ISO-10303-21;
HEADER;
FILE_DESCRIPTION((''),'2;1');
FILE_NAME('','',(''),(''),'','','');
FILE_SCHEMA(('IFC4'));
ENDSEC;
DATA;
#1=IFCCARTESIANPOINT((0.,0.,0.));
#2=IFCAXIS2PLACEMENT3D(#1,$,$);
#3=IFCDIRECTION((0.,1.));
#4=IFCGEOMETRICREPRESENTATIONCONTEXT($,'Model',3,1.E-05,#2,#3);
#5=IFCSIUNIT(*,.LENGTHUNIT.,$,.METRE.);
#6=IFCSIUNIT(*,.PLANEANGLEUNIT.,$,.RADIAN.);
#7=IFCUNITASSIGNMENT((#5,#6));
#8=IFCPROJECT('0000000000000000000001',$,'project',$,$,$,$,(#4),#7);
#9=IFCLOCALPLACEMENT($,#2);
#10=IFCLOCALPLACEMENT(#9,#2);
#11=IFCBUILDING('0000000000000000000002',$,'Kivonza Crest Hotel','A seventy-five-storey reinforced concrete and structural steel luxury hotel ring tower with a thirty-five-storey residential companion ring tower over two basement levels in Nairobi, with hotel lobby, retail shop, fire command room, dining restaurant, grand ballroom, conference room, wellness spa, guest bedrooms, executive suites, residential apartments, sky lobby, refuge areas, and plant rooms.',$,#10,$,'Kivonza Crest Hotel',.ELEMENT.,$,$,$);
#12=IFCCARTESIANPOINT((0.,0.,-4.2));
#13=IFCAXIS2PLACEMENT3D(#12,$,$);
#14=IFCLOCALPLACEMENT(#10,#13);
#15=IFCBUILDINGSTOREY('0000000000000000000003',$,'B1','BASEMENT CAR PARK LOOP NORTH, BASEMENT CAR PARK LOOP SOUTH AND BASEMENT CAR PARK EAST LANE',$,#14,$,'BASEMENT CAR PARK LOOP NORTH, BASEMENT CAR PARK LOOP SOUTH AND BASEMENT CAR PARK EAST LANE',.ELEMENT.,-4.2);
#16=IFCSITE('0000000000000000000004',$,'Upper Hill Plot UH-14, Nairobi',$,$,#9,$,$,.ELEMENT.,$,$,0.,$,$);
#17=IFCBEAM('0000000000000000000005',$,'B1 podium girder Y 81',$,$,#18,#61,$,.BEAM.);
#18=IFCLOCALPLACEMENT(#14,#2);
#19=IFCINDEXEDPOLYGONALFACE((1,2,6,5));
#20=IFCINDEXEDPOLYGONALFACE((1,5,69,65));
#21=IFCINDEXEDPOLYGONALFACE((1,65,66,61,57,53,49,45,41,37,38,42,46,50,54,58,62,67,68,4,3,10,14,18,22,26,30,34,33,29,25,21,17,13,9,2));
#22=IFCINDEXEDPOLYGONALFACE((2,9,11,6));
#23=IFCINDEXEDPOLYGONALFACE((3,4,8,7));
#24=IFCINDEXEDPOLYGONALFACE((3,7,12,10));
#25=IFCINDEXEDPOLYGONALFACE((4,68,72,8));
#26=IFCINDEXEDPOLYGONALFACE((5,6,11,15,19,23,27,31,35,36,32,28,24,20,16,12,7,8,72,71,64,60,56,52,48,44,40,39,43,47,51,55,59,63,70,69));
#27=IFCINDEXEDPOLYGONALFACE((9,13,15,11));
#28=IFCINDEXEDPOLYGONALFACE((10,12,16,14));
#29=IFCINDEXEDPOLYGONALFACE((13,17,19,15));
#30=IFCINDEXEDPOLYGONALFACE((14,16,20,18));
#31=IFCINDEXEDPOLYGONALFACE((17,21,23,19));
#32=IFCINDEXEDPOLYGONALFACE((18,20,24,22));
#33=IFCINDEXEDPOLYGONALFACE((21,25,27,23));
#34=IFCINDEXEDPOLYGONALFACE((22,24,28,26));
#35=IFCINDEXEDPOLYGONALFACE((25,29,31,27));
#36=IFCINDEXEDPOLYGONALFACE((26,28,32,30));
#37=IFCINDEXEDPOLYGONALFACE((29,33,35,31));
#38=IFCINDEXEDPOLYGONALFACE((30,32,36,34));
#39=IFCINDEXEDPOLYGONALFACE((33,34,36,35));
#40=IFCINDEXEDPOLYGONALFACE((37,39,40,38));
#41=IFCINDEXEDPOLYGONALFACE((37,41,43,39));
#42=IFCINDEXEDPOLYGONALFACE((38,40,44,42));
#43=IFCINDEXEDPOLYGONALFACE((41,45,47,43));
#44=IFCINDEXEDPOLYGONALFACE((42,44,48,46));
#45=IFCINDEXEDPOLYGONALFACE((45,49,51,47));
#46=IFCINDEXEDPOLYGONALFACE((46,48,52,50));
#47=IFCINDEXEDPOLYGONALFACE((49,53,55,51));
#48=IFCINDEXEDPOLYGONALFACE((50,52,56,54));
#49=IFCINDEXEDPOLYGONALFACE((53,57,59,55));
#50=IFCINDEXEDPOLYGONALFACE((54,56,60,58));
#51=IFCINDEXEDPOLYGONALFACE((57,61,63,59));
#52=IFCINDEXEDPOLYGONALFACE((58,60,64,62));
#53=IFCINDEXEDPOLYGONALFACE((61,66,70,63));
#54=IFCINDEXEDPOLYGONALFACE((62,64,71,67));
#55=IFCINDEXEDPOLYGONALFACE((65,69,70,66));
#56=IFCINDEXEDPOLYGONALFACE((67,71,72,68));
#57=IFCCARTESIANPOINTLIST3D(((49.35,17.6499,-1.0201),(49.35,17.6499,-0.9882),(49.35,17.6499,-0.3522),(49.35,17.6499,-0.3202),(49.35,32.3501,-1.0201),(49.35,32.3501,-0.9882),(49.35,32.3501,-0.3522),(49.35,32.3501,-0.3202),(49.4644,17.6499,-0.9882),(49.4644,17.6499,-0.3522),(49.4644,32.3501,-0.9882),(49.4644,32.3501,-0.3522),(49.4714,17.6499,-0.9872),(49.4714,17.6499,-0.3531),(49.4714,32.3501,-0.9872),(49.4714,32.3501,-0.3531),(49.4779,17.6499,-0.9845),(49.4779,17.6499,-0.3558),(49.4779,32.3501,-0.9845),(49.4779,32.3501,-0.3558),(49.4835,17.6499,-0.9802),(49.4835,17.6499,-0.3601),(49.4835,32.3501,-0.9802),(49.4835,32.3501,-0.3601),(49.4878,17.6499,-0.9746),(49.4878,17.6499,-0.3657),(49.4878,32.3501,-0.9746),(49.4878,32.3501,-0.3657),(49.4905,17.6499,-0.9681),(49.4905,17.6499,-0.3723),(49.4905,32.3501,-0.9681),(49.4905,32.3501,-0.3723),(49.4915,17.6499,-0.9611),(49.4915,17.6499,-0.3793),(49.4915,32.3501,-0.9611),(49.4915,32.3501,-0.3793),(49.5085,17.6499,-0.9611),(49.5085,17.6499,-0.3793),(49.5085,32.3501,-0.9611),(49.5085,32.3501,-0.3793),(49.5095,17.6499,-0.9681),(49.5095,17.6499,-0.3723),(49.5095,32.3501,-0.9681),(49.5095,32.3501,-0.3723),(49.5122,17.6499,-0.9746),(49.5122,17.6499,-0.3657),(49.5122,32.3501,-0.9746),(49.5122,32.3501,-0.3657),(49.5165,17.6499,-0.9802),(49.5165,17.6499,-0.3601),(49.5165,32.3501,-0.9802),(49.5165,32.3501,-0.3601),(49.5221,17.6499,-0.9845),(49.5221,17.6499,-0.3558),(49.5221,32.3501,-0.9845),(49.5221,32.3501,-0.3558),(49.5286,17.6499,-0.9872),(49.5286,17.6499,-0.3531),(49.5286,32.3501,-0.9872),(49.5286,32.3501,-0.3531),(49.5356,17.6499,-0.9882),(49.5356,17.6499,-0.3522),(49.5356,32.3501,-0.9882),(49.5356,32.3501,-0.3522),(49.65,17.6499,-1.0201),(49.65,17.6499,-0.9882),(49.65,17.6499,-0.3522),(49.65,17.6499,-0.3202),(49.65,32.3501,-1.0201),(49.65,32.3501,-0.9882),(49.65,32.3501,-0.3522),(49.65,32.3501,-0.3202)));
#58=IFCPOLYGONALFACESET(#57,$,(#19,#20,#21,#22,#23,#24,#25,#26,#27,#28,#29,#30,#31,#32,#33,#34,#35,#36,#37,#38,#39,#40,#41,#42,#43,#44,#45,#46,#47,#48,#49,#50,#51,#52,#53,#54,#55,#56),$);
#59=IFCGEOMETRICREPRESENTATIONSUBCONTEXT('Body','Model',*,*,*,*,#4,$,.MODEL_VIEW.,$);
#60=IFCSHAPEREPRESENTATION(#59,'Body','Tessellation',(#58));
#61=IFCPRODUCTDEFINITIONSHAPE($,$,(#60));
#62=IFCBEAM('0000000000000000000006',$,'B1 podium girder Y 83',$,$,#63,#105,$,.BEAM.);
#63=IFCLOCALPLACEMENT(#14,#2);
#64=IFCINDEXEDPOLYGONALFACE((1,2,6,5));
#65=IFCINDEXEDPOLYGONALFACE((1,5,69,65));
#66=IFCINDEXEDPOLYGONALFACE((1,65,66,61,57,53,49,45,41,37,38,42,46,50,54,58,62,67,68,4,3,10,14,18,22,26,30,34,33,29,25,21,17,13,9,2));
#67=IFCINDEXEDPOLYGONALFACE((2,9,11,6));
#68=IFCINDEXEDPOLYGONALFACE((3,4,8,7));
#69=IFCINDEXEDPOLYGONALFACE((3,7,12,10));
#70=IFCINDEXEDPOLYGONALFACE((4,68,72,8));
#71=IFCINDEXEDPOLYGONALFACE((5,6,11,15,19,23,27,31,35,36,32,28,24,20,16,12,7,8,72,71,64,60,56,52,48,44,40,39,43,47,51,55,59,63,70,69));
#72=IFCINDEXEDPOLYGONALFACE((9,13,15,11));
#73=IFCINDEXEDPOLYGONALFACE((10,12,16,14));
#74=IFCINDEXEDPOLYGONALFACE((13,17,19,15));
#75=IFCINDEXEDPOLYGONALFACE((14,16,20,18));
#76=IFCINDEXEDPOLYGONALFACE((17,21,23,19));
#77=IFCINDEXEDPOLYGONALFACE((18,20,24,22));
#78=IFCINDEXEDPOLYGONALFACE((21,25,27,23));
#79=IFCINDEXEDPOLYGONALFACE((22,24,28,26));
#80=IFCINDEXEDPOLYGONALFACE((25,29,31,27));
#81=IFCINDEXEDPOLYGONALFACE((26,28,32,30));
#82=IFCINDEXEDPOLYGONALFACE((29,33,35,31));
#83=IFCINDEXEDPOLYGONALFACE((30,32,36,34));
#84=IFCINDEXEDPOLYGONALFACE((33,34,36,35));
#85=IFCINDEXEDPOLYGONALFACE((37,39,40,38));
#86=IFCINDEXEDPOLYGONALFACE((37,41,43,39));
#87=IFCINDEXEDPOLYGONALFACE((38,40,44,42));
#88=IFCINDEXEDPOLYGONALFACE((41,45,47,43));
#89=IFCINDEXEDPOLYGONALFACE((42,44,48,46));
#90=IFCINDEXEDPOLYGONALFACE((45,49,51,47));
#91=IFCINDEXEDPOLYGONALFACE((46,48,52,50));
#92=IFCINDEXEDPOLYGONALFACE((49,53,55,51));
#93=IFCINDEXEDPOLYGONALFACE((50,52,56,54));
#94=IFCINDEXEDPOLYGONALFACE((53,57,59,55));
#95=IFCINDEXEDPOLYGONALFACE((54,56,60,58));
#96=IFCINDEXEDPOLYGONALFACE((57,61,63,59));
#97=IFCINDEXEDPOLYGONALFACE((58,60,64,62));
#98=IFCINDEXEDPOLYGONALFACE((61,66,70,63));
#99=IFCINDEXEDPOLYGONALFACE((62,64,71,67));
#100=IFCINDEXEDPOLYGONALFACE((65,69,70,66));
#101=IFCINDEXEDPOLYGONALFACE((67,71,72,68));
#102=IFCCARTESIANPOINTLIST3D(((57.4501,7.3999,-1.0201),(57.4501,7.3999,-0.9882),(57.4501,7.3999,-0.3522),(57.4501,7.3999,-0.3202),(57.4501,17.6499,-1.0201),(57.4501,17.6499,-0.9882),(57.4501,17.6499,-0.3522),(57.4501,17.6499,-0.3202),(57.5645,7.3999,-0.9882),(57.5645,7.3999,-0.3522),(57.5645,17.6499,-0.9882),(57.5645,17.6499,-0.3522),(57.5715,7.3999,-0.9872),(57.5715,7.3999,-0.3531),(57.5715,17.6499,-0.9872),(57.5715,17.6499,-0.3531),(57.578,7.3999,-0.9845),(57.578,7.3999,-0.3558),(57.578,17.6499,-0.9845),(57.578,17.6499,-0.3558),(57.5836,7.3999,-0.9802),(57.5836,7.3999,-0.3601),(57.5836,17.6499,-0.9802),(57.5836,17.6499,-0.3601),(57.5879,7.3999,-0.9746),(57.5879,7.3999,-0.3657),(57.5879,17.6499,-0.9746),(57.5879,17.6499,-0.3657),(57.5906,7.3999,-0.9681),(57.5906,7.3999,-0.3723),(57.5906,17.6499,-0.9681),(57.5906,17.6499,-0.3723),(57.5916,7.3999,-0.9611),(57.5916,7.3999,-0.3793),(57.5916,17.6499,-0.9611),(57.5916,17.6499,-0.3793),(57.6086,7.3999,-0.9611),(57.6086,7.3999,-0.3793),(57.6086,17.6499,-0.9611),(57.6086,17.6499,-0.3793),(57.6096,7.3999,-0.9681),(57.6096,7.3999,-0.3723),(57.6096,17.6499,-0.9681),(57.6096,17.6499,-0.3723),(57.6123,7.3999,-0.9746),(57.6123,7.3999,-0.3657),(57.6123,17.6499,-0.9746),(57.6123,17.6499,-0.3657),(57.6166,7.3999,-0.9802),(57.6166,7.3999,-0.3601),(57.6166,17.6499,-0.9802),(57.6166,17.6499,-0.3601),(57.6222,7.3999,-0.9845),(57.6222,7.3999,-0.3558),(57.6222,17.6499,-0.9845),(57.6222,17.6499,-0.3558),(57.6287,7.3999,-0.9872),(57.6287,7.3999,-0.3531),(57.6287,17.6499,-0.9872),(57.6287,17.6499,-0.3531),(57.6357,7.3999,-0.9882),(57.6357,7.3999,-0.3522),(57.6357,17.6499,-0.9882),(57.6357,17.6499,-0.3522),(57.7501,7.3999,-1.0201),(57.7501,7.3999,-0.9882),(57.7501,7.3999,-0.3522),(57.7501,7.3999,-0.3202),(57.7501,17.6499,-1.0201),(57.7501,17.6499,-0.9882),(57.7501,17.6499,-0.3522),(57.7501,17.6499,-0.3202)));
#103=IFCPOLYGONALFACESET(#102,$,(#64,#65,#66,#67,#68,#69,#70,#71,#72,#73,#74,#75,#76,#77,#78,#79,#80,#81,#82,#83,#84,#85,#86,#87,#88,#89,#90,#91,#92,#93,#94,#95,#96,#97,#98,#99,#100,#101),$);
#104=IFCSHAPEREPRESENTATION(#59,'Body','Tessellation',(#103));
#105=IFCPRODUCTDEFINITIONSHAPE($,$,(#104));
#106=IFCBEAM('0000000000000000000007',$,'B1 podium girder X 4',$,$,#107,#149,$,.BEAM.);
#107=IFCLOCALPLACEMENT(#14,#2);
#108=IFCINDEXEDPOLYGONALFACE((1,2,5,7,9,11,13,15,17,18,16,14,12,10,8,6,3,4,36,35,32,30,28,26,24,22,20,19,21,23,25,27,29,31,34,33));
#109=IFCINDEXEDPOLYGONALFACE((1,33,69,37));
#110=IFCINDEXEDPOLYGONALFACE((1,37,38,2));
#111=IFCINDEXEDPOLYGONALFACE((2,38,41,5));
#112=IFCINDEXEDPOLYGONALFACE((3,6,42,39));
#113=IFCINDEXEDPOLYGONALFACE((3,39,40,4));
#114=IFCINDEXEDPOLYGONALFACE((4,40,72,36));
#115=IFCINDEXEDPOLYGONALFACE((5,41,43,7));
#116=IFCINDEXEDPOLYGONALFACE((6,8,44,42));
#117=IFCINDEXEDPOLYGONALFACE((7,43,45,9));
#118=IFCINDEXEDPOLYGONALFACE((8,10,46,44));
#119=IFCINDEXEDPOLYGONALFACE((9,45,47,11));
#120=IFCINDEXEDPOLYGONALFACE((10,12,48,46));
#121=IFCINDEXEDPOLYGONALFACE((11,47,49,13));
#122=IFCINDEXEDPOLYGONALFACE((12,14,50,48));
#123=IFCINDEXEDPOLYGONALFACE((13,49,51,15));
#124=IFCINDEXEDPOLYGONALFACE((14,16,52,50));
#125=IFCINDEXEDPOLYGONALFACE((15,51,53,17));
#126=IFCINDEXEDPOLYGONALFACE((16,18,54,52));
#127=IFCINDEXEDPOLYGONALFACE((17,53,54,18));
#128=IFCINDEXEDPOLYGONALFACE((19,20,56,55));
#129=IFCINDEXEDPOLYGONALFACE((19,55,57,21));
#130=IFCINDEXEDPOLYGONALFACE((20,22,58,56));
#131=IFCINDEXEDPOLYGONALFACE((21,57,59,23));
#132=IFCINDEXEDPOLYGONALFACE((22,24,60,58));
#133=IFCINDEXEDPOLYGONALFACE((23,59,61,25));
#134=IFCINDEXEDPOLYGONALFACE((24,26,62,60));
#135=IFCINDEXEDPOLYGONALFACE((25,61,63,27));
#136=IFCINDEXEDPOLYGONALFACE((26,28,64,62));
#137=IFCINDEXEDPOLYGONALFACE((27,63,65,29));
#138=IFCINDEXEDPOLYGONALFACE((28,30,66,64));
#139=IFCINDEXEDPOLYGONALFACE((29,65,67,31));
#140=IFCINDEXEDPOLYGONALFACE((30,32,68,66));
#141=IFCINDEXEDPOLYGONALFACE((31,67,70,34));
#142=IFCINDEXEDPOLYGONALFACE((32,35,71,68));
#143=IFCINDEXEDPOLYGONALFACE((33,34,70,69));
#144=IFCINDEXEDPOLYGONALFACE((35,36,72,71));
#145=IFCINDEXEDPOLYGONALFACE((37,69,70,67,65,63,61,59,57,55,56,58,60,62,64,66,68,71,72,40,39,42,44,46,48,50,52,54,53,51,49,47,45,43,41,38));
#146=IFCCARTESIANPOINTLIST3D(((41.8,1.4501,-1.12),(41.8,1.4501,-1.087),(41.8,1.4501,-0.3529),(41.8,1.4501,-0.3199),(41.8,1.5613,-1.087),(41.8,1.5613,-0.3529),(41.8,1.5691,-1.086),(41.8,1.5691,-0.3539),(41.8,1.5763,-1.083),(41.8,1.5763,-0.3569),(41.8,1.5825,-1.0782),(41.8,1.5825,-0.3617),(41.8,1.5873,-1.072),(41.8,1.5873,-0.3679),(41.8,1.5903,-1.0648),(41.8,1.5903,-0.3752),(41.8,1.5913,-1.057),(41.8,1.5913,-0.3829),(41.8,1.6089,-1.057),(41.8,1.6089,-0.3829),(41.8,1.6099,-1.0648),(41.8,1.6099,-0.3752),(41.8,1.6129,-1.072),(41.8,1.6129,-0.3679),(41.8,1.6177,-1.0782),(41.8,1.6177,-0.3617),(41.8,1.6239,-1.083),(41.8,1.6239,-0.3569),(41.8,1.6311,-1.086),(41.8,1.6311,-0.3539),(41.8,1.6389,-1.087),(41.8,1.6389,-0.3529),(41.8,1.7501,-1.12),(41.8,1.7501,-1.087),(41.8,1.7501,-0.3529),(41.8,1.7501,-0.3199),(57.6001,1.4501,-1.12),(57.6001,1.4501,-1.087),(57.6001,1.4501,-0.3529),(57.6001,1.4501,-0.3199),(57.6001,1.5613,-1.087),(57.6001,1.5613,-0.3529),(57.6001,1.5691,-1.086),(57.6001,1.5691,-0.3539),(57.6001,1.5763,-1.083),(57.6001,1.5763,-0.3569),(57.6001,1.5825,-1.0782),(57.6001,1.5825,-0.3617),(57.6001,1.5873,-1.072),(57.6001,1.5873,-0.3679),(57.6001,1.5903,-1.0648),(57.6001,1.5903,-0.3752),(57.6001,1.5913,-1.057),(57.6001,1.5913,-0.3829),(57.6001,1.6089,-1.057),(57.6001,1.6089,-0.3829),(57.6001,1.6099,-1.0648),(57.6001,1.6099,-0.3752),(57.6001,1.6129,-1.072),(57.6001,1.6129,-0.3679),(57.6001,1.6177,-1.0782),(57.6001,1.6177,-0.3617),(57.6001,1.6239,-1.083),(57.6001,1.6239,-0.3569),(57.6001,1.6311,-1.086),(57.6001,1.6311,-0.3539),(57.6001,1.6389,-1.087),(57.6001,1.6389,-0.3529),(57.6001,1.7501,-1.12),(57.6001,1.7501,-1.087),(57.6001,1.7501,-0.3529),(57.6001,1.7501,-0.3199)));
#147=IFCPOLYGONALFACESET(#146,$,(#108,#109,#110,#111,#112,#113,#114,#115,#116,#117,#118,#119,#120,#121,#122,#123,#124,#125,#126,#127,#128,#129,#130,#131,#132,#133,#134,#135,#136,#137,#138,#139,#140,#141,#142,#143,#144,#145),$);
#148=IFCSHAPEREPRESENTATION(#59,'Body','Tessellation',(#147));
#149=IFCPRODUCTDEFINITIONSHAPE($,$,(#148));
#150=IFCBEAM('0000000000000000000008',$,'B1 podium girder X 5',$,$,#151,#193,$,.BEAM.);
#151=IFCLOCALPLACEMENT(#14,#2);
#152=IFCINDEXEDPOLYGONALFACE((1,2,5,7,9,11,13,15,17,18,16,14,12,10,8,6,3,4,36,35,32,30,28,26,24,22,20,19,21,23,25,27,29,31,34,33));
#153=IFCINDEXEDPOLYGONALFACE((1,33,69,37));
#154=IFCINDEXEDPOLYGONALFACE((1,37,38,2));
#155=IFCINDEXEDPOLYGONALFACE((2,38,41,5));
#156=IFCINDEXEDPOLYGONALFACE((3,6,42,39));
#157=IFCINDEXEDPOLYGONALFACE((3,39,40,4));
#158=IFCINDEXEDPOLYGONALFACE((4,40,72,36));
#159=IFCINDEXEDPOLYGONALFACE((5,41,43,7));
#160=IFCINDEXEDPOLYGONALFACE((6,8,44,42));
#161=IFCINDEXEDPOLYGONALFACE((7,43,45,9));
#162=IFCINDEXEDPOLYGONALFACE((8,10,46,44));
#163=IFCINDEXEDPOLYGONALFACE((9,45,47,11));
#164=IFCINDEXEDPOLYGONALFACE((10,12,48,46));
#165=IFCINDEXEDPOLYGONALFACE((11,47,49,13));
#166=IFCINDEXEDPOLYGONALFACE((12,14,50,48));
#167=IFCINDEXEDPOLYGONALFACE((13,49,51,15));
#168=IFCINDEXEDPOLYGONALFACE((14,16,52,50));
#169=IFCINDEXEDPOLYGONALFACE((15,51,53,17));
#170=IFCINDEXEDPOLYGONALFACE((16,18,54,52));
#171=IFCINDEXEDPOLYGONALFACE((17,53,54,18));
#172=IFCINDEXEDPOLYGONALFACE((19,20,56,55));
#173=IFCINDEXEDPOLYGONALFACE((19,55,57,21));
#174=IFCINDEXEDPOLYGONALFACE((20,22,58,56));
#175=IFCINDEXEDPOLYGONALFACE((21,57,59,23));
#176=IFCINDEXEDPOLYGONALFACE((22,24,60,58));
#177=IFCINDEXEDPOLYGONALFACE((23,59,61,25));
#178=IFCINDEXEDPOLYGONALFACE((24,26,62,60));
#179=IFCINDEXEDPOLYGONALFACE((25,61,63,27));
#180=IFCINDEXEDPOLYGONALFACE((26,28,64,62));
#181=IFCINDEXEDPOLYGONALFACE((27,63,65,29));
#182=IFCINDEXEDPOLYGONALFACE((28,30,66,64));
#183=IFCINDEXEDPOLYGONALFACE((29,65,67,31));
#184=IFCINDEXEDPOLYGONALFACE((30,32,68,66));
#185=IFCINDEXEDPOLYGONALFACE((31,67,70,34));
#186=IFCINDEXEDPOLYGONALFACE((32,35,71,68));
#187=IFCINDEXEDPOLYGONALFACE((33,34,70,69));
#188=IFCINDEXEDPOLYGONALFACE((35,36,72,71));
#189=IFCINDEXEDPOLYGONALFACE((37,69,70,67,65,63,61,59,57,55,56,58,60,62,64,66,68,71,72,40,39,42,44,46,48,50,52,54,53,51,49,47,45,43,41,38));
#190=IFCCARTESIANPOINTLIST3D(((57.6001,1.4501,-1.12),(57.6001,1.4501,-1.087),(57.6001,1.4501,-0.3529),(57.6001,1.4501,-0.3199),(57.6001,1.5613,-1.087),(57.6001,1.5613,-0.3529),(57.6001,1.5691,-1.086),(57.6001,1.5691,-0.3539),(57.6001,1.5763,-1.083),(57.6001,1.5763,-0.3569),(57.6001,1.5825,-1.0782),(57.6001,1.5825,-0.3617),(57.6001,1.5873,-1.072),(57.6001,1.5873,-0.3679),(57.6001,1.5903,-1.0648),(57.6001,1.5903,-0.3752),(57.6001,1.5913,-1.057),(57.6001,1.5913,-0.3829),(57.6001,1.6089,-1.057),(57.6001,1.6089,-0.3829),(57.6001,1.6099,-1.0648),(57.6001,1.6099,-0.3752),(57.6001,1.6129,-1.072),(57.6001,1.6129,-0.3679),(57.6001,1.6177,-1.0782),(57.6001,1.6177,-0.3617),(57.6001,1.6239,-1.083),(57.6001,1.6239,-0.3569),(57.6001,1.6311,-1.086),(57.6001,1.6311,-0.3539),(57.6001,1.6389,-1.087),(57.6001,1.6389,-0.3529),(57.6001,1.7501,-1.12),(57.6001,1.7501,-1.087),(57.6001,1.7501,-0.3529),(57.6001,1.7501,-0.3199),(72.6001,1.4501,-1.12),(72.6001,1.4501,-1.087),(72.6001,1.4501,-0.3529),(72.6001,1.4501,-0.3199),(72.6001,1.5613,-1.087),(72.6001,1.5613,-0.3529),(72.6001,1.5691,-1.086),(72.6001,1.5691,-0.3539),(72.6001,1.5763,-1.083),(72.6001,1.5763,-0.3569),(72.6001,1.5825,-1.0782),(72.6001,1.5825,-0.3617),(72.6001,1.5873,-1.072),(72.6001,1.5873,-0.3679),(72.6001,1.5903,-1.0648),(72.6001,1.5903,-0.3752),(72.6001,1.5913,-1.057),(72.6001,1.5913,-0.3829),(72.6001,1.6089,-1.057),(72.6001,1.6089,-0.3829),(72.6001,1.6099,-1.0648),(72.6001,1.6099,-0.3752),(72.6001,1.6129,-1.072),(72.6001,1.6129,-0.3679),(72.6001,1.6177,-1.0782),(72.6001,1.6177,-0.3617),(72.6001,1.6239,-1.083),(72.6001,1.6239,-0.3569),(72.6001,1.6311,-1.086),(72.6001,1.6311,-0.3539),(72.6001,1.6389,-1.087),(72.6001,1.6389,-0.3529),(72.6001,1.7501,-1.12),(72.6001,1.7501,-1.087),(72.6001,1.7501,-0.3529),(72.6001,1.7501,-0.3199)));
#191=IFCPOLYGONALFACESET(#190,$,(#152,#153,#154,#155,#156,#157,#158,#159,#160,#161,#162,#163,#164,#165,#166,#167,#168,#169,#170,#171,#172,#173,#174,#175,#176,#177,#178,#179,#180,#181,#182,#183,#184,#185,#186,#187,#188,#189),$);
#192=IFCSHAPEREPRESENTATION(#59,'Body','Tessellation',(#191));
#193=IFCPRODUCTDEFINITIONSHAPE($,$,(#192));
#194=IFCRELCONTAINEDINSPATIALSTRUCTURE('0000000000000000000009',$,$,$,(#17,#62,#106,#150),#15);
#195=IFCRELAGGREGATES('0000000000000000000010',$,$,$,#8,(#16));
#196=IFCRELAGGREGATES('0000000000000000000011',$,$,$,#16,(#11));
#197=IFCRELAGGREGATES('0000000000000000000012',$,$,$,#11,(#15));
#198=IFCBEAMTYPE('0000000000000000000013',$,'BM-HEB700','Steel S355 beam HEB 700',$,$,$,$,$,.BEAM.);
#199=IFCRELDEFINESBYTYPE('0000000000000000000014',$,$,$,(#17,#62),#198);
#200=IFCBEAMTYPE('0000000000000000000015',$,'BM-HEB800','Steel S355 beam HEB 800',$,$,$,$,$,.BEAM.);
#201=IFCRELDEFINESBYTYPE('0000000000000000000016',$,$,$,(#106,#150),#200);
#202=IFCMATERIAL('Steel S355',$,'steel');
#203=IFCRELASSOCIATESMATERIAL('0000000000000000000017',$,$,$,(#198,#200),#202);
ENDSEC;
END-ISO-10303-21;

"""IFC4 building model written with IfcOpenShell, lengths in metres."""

from ifc_helpers import new_model, si_unit, direction, frame, origin, origin_2d, place, context, subcontext, project, spatial, i_section, extrude, material, material_profile, profile_set, type_object, element, save


model = new_model("IFC4")

# Units and contexts
model_context = context("Model", 3, precision=1e-05, world=origin(), true_north=direction((0.0, 1.0)))
body_context = subcontext(model_context, "Body", "Model", "MODEL_VIEW")
ifc_project = project(units=[si_unit("LENGTHUNIT", "METRE"), si_unit("PLANEANGLEUNIT", "RADIAN")], contexts=[model_context])

# Site, building, storey
site_placement = place(None, origin())
site = spatial("IfcSite", under=ifc_project, at=site_placement, Name="Upper Hill Plot UH-14, Nairobi", CompositionType="ELEMENT", RefElevation=0.0)
building_placement = place(site_placement, origin())
building = spatial("IfcBuilding", under=site, at=building_placement, Name="Kivonza Crest Hotel", Description="A seventy-five-storey reinforced concrete and structural steel luxury hotel ring tower with a thirty-five-storey residential companion ring tower over two basement levels in Nairobi, with hotel lobby, retail shop, fire command room, dining restaurant, grand ballroom, conference room, wellness spa, guest bedrooms, executive suites, residential apartments, sky lobby, refuge areas, and plant rooms.", LongName="Kivonza Crest Hotel", CompositionType="ELEMENT")
storey_placement = place(building_placement, frame((0.0, 0.0, -4.2)))
storey = spatial("IfcBuildingStorey", under=building, at=storey_placement, Name="B1", Description="BASEMENT CAR PARK LOOP NORTH, BASEMENT CAR PARK LOOP SOUTH AND BASEMENT CAR PARK EAST LANE", LongName="BASEMENT CAR PARK LOOP NORTH, BASEMENT CAR PARK LOOP SOUTH AND BASEMENT CAR PARK EAST LANE", CompositionType="ELEMENT", Elevation=-4.2)

# Beams
ifc_material_1 = material(Name="Steel S355", Category="steel")
ifc_material_profile_1 = material_profile(ifc_material_1, i_section(OverallWidth=0.3, OverallDepth=0.7, WebThickness=0.0171, FlangeThickness=0.032, FilletRadius=0.0271, at=origin_2d()), Name="HEB 700")
ifc_profile_set_1 = profile_set([ifc_material_profile_1], Name="Steel S355")
beam_type_1 = type_object("IfcBeamType", Name="BM-HEB700", Description="Steel S355 beam HEB 700", PredefinedType="BEAM", material=ifc_profile_set_1)
for number, where, z_axis, x_axis, name in (
    (1, (49.5, 17.6499, -0.6702), (0.0, 1.0, 0.0), (-1.0, 0.0, 0.0), "B1 podium girder Y 81"),
):
    element("IfcBeam", number, at=place(storey_placement, frame(where, z_axis=z_axis, x_axis=x_axis)), inside=storey, type_object=beam_type_1, Name=name, PredefinedType="BEAM", context=body_context, shape_type="SweptSolid", body=[
        extrude(i_section(OverallWidth=0.3, OverallDepth=0.7, WebThickness=0.0171, FlangeThickness=0.032, FilletRadius=0.0271, at=origin_2d()), origin(), (0.0, 0.0, 1.0), 14.7002),
    ])
beam_1_placement = place(storey_placement, frame((57.6001, 7.3999, -0.6702), z_axis=(0.0, 1.0, 0.0), x_axis=(-1.0, 0.0, 0.0)))
element("IfcBeam", 2, at=beam_1_placement, inside=storey, type_object=beam_type_1, Name="B1 podium girder Y 83", PredefinedType="BEAM", context=body_context, shape_type="SweptSolid", body=[
    extrude(i_section(OverallWidth=0.3, OverallDepth=0.7, WebThickness=0.0171, FlangeThickness=0.032, FilletRadius=0.0271, at=origin_2d()), origin(), (0.0, 0.0, 1.0), 10.25),
])
ifc_material_profile_2 = material_profile(ifc_material_1, i_section(OverallWidth=0.3, OverallDepth=0.8, WebThickness=0.0176, FlangeThickness=0.033, FilletRadius=0.03, at=origin_2d()), Name="HEB 800")
ifc_profile_set_2 = profile_set([ifc_material_profile_2], Name="Steel S355")
beam_type_2 = type_object("IfcBeamType", Name="BM-HEB800", Description="Steel S355 beam HEB 800", PredefinedType="BEAM", material=ifc_profile_set_2)
beam_2_placement = place(storey_placement, frame((41.8, 1.6001, -0.72), z_axis=(1.0, 0.0, 0.0), x_axis=(0.0, 1.0, 0.0)))
element("IfcBeam", 3, at=beam_2_placement, inside=storey, type_object=beam_type_2, Name="B1 podium girder X 4", PredefinedType="BEAM", context=body_context, shape_type="SweptSolid", body=[
    extrude(i_section(OverallWidth=0.3, OverallDepth=0.8, WebThickness=0.0176, FlangeThickness=0.033, FilletRadius=0.03, at=origin_2d()), origin(), (0.0, 0.0, 1.0), 15.8),
])
beam_3_placement = place(storey_placement, frame((57.6001, 1.6001, -0.72), z_axis=(1.0, 0.0, 0.0), x_axis=(0.0, 1.0, 0.0)))
element("IfcBeam", 4, at=beam_3_placement, inside=storey, type_object=beam_type_2, Name="B1 podium girder X 5", PredefinedType="BEAM", context=body_context, shape_type="SweptSolid", body=[
    extrude(i_section(OverallWidth=0.3, OverallDepth=0.8, WebThickness=0.0176, FlangeThickness=0.033, FilletRadius=0.03, at=origin_2d()), origin(), (0.0, 0.0, 1.0), 15.0),
])

save(model, "model.ifc")
